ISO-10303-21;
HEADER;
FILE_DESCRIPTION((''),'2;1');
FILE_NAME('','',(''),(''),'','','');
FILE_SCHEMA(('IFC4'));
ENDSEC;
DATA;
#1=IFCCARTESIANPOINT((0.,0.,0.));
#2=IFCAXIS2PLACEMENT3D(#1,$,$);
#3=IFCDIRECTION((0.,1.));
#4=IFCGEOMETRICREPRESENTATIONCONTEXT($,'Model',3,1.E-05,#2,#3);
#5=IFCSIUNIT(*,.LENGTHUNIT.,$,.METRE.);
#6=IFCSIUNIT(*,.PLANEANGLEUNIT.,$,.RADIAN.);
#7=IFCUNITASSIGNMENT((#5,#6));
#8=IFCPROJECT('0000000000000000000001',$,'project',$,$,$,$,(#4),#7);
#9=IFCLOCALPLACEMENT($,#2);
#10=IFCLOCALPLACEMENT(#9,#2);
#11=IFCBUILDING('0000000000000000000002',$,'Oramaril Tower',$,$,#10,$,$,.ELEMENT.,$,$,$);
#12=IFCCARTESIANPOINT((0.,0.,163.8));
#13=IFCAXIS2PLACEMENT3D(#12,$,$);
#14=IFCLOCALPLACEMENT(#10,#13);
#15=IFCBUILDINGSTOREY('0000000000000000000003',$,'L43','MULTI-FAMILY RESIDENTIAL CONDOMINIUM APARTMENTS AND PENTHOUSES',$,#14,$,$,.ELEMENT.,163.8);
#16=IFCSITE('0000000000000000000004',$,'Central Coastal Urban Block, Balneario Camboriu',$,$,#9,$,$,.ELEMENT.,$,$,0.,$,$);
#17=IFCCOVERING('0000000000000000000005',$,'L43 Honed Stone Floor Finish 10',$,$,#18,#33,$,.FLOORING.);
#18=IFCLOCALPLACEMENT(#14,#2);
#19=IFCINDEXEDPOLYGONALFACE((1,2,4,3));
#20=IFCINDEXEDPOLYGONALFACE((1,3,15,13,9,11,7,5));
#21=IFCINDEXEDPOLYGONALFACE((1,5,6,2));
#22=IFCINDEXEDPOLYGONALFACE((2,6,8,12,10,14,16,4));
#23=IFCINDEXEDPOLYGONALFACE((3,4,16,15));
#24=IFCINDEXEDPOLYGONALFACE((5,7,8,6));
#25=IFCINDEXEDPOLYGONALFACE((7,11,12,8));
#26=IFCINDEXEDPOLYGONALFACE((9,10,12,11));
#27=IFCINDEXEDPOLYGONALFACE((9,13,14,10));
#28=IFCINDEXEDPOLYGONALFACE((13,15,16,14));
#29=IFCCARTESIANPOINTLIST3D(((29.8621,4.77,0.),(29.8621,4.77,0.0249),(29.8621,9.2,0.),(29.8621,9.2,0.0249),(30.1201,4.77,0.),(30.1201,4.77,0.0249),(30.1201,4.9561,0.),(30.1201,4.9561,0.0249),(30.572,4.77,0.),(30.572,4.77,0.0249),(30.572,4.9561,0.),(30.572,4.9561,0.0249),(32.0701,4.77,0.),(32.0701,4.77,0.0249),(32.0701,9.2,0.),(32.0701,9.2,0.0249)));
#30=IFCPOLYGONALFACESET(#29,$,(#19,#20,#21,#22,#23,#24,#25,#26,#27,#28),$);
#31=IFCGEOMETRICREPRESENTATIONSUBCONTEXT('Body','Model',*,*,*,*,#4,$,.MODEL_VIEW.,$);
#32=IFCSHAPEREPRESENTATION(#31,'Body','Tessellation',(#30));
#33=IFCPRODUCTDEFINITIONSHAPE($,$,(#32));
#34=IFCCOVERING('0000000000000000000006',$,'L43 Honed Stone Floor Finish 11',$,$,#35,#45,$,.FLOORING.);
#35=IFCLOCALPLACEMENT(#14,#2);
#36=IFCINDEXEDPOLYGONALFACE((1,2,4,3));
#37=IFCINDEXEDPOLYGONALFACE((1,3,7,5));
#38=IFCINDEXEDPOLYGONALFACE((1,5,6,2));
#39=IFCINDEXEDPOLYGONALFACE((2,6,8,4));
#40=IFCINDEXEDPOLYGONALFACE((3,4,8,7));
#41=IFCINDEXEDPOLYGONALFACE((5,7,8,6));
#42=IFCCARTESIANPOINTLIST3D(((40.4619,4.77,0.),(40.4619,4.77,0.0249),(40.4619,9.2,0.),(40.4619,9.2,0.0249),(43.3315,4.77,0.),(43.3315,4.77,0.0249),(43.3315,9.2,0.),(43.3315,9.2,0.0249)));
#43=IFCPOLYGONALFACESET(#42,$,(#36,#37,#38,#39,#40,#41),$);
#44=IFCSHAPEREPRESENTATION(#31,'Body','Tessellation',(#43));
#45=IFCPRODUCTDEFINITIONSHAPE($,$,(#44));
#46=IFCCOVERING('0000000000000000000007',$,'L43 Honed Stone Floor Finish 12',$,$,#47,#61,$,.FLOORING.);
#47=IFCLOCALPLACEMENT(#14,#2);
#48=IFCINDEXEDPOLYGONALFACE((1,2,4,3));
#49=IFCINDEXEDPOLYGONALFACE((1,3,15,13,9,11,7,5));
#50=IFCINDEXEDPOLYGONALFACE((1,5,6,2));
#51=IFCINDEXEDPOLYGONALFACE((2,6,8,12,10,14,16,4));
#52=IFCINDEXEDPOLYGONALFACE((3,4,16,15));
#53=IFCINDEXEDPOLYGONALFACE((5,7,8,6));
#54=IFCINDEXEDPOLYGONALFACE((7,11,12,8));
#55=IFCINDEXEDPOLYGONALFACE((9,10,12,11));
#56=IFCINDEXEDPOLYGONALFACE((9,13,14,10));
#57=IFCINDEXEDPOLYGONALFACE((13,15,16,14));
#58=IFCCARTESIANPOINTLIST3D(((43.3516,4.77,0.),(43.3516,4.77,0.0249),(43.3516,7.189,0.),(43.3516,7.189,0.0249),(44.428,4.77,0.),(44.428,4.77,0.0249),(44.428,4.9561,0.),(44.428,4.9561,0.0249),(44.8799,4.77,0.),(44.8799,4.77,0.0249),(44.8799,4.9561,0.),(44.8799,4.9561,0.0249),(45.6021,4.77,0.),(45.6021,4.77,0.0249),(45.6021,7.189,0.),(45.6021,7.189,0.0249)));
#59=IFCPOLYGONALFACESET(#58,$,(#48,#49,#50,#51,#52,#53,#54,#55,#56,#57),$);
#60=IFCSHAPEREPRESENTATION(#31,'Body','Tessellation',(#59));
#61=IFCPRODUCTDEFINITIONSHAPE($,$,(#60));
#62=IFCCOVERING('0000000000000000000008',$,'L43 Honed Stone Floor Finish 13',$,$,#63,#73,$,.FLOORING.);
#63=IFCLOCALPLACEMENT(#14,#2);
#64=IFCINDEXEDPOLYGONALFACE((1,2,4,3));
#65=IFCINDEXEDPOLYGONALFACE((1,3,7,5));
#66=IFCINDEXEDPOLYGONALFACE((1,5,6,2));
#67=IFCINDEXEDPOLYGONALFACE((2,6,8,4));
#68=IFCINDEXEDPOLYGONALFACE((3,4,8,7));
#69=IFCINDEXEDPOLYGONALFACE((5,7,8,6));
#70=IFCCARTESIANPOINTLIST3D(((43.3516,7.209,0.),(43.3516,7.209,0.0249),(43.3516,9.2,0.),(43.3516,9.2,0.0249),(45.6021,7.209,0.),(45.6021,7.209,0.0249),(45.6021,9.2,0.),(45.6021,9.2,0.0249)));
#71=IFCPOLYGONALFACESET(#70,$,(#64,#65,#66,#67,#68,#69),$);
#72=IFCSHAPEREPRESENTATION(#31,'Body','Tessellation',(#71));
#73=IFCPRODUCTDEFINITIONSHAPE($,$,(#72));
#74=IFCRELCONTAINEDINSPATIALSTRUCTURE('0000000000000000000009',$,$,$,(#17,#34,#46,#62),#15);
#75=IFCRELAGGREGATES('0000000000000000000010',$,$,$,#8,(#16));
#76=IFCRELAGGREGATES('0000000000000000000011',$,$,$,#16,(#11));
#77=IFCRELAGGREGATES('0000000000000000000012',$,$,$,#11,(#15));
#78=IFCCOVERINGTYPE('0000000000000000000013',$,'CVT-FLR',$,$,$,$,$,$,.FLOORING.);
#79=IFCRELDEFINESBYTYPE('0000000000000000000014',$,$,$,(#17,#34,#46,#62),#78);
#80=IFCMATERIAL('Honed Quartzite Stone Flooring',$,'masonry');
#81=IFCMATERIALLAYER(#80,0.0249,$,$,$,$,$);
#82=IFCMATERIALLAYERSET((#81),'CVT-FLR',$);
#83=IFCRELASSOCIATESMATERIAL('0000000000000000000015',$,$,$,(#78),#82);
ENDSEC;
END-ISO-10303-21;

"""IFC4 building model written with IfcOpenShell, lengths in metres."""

from ifc_helpers import new_model, si_unit, direction, frame, origin, place, context, subcontext, project, spatial, polyline, outline, extrude, material, layer, layer_set, type_object, element, save


model = new_model("IFC4")

# Units and contexts
model_context = context("Model", 3, precision=1e-05, world=origin(), true_north=direction((0.0, 1.0)))
body_context = subcontext(model_context, "Body", "Model", "MODEL_VIEW")
ifc_project = project(units=[si_unit("LENGTHUNIT", "METRE"), si_unit("PLANEANGLEUNIT", "RADIAN")], contexts=[model_context])

# Site, building, storey
site_placement = place(None, origin())
site = spatial("IfcSite", under=ifc_project, at=site_placement, Name="Central Coastal Urban Block, Balneario Camboriu", CompositionType="ELEMENT", RefElevation=0.0)
building_placement = place(site_placement, origin())
building = spatial("IfcBuilding", under=site, at=building_placement, Name="Oramaril Tower", CompositionType="ELEMENT")
storey_placement = place(building_placement, frame((0.0, 0.0, 163.8)))
storey = spatial("IfcBuildingStorey", under=building, at=storey_placement, Name="L43", Description="MULTI-FAMILY RESIDENTIAL CONDOMINIUM APARTMENTS AND PENTHOUSES", CompositionType="ELEMENT", Elevation=163.8)

# Coverings
ifc_material_1 = material(Name="Honed Quartzite Stone Flooring", Category="masonry")
ifc_layer_1 = layer(ifc_material_1, 0.0249)
ifc_layer_set_1 = layer_set([ifc_layer_1], Name="CVT-FLR")
covering_type_1 = type_object("IfcCoveringType", Name="CVT-FLR", PredefinedType="FLOORING", material=ifc_layer_set_1)
covering_1_placement = place(storey_placement, origin())
element("IfcCovering", 1, at=covering_1_placement, inside=storey, type_object=covering_type_1, Name="L43 Honed Stone Floor Finish 10", PredefinedType="FLOORING", context=body_context, shape_type="SweptSolid", body=[
    extrude(outline(polyline([(30.572, 4.77), (30.572, 4.9561), (30.1201, 4.9561), (30.1201, 4.77), (29.8621, 4.77), (29.8621, 9.2), (32.0701, 9.2), (32.0701, 4.77), (30.572, 4.77)])), origin(), (0.0, 0.0, 1.0), 0.0249),
])
covering_2_placement = place(storey_placement, origin())
element("IfcCovering", 2, at=covering_2_placement, inside=storey, type_object=covering_type_1, Name="L43 Honed Stone Floor Finish 11", PredefinedType="FLOORING", context=body_context, shape_type="SweptSolid", body=[
    extrude(outline(polyline([(43.3315, 4.77), (40.4619, 4.77), (40.4619, 9.2), (43.3315, 9.2), (43.3315, 4.77)])), origin(), (0.0, 0.0, 1.0), 0.0249),
])
covering_3_placement = place(storey_placement, origin())
element("IfcCovering", 3, at=covering_3_placement, inside=storey, type_object=covering_type_1, Name="L43 Honed Stone Floor Finish 12", PredefinedType="FLOORING", context=body_context, shape_type="SweptSolid", body=[
    extrude(outline(polyline([(44.8799, 4.9561), (44.428, 4.9561), (44.428, 4.77), (43.3516, 4.77), (43.3516, 7.189), (45.6021, 7.189), (45.6021, 4.77), (44.8799, 4.77), (44.8799, 4.9561)])), origin(), (0.0, 0.0, 1.0), 0.0249),
])
covering_4_placement = place(storey_placement, origin())
element("IfcCovering", 4, at=covering_4_placement, inside=storey, type_object=covering_type_1, Name="L43 Honed Stone Floor Finish 13", PredefinedType="FLOORING", context=body_context, shape_type="SweptSolid", body=[
    extrude(outline(polyline([(45.6021, 7.209), (43.3516, 7.209), (43.3516, 9.2), (45.6021, 9.2), (45.6021, 7.209)])), origin(), (0.0, 0.0, 1.0), 0.0249),
])

save(model, "model.ifc")
